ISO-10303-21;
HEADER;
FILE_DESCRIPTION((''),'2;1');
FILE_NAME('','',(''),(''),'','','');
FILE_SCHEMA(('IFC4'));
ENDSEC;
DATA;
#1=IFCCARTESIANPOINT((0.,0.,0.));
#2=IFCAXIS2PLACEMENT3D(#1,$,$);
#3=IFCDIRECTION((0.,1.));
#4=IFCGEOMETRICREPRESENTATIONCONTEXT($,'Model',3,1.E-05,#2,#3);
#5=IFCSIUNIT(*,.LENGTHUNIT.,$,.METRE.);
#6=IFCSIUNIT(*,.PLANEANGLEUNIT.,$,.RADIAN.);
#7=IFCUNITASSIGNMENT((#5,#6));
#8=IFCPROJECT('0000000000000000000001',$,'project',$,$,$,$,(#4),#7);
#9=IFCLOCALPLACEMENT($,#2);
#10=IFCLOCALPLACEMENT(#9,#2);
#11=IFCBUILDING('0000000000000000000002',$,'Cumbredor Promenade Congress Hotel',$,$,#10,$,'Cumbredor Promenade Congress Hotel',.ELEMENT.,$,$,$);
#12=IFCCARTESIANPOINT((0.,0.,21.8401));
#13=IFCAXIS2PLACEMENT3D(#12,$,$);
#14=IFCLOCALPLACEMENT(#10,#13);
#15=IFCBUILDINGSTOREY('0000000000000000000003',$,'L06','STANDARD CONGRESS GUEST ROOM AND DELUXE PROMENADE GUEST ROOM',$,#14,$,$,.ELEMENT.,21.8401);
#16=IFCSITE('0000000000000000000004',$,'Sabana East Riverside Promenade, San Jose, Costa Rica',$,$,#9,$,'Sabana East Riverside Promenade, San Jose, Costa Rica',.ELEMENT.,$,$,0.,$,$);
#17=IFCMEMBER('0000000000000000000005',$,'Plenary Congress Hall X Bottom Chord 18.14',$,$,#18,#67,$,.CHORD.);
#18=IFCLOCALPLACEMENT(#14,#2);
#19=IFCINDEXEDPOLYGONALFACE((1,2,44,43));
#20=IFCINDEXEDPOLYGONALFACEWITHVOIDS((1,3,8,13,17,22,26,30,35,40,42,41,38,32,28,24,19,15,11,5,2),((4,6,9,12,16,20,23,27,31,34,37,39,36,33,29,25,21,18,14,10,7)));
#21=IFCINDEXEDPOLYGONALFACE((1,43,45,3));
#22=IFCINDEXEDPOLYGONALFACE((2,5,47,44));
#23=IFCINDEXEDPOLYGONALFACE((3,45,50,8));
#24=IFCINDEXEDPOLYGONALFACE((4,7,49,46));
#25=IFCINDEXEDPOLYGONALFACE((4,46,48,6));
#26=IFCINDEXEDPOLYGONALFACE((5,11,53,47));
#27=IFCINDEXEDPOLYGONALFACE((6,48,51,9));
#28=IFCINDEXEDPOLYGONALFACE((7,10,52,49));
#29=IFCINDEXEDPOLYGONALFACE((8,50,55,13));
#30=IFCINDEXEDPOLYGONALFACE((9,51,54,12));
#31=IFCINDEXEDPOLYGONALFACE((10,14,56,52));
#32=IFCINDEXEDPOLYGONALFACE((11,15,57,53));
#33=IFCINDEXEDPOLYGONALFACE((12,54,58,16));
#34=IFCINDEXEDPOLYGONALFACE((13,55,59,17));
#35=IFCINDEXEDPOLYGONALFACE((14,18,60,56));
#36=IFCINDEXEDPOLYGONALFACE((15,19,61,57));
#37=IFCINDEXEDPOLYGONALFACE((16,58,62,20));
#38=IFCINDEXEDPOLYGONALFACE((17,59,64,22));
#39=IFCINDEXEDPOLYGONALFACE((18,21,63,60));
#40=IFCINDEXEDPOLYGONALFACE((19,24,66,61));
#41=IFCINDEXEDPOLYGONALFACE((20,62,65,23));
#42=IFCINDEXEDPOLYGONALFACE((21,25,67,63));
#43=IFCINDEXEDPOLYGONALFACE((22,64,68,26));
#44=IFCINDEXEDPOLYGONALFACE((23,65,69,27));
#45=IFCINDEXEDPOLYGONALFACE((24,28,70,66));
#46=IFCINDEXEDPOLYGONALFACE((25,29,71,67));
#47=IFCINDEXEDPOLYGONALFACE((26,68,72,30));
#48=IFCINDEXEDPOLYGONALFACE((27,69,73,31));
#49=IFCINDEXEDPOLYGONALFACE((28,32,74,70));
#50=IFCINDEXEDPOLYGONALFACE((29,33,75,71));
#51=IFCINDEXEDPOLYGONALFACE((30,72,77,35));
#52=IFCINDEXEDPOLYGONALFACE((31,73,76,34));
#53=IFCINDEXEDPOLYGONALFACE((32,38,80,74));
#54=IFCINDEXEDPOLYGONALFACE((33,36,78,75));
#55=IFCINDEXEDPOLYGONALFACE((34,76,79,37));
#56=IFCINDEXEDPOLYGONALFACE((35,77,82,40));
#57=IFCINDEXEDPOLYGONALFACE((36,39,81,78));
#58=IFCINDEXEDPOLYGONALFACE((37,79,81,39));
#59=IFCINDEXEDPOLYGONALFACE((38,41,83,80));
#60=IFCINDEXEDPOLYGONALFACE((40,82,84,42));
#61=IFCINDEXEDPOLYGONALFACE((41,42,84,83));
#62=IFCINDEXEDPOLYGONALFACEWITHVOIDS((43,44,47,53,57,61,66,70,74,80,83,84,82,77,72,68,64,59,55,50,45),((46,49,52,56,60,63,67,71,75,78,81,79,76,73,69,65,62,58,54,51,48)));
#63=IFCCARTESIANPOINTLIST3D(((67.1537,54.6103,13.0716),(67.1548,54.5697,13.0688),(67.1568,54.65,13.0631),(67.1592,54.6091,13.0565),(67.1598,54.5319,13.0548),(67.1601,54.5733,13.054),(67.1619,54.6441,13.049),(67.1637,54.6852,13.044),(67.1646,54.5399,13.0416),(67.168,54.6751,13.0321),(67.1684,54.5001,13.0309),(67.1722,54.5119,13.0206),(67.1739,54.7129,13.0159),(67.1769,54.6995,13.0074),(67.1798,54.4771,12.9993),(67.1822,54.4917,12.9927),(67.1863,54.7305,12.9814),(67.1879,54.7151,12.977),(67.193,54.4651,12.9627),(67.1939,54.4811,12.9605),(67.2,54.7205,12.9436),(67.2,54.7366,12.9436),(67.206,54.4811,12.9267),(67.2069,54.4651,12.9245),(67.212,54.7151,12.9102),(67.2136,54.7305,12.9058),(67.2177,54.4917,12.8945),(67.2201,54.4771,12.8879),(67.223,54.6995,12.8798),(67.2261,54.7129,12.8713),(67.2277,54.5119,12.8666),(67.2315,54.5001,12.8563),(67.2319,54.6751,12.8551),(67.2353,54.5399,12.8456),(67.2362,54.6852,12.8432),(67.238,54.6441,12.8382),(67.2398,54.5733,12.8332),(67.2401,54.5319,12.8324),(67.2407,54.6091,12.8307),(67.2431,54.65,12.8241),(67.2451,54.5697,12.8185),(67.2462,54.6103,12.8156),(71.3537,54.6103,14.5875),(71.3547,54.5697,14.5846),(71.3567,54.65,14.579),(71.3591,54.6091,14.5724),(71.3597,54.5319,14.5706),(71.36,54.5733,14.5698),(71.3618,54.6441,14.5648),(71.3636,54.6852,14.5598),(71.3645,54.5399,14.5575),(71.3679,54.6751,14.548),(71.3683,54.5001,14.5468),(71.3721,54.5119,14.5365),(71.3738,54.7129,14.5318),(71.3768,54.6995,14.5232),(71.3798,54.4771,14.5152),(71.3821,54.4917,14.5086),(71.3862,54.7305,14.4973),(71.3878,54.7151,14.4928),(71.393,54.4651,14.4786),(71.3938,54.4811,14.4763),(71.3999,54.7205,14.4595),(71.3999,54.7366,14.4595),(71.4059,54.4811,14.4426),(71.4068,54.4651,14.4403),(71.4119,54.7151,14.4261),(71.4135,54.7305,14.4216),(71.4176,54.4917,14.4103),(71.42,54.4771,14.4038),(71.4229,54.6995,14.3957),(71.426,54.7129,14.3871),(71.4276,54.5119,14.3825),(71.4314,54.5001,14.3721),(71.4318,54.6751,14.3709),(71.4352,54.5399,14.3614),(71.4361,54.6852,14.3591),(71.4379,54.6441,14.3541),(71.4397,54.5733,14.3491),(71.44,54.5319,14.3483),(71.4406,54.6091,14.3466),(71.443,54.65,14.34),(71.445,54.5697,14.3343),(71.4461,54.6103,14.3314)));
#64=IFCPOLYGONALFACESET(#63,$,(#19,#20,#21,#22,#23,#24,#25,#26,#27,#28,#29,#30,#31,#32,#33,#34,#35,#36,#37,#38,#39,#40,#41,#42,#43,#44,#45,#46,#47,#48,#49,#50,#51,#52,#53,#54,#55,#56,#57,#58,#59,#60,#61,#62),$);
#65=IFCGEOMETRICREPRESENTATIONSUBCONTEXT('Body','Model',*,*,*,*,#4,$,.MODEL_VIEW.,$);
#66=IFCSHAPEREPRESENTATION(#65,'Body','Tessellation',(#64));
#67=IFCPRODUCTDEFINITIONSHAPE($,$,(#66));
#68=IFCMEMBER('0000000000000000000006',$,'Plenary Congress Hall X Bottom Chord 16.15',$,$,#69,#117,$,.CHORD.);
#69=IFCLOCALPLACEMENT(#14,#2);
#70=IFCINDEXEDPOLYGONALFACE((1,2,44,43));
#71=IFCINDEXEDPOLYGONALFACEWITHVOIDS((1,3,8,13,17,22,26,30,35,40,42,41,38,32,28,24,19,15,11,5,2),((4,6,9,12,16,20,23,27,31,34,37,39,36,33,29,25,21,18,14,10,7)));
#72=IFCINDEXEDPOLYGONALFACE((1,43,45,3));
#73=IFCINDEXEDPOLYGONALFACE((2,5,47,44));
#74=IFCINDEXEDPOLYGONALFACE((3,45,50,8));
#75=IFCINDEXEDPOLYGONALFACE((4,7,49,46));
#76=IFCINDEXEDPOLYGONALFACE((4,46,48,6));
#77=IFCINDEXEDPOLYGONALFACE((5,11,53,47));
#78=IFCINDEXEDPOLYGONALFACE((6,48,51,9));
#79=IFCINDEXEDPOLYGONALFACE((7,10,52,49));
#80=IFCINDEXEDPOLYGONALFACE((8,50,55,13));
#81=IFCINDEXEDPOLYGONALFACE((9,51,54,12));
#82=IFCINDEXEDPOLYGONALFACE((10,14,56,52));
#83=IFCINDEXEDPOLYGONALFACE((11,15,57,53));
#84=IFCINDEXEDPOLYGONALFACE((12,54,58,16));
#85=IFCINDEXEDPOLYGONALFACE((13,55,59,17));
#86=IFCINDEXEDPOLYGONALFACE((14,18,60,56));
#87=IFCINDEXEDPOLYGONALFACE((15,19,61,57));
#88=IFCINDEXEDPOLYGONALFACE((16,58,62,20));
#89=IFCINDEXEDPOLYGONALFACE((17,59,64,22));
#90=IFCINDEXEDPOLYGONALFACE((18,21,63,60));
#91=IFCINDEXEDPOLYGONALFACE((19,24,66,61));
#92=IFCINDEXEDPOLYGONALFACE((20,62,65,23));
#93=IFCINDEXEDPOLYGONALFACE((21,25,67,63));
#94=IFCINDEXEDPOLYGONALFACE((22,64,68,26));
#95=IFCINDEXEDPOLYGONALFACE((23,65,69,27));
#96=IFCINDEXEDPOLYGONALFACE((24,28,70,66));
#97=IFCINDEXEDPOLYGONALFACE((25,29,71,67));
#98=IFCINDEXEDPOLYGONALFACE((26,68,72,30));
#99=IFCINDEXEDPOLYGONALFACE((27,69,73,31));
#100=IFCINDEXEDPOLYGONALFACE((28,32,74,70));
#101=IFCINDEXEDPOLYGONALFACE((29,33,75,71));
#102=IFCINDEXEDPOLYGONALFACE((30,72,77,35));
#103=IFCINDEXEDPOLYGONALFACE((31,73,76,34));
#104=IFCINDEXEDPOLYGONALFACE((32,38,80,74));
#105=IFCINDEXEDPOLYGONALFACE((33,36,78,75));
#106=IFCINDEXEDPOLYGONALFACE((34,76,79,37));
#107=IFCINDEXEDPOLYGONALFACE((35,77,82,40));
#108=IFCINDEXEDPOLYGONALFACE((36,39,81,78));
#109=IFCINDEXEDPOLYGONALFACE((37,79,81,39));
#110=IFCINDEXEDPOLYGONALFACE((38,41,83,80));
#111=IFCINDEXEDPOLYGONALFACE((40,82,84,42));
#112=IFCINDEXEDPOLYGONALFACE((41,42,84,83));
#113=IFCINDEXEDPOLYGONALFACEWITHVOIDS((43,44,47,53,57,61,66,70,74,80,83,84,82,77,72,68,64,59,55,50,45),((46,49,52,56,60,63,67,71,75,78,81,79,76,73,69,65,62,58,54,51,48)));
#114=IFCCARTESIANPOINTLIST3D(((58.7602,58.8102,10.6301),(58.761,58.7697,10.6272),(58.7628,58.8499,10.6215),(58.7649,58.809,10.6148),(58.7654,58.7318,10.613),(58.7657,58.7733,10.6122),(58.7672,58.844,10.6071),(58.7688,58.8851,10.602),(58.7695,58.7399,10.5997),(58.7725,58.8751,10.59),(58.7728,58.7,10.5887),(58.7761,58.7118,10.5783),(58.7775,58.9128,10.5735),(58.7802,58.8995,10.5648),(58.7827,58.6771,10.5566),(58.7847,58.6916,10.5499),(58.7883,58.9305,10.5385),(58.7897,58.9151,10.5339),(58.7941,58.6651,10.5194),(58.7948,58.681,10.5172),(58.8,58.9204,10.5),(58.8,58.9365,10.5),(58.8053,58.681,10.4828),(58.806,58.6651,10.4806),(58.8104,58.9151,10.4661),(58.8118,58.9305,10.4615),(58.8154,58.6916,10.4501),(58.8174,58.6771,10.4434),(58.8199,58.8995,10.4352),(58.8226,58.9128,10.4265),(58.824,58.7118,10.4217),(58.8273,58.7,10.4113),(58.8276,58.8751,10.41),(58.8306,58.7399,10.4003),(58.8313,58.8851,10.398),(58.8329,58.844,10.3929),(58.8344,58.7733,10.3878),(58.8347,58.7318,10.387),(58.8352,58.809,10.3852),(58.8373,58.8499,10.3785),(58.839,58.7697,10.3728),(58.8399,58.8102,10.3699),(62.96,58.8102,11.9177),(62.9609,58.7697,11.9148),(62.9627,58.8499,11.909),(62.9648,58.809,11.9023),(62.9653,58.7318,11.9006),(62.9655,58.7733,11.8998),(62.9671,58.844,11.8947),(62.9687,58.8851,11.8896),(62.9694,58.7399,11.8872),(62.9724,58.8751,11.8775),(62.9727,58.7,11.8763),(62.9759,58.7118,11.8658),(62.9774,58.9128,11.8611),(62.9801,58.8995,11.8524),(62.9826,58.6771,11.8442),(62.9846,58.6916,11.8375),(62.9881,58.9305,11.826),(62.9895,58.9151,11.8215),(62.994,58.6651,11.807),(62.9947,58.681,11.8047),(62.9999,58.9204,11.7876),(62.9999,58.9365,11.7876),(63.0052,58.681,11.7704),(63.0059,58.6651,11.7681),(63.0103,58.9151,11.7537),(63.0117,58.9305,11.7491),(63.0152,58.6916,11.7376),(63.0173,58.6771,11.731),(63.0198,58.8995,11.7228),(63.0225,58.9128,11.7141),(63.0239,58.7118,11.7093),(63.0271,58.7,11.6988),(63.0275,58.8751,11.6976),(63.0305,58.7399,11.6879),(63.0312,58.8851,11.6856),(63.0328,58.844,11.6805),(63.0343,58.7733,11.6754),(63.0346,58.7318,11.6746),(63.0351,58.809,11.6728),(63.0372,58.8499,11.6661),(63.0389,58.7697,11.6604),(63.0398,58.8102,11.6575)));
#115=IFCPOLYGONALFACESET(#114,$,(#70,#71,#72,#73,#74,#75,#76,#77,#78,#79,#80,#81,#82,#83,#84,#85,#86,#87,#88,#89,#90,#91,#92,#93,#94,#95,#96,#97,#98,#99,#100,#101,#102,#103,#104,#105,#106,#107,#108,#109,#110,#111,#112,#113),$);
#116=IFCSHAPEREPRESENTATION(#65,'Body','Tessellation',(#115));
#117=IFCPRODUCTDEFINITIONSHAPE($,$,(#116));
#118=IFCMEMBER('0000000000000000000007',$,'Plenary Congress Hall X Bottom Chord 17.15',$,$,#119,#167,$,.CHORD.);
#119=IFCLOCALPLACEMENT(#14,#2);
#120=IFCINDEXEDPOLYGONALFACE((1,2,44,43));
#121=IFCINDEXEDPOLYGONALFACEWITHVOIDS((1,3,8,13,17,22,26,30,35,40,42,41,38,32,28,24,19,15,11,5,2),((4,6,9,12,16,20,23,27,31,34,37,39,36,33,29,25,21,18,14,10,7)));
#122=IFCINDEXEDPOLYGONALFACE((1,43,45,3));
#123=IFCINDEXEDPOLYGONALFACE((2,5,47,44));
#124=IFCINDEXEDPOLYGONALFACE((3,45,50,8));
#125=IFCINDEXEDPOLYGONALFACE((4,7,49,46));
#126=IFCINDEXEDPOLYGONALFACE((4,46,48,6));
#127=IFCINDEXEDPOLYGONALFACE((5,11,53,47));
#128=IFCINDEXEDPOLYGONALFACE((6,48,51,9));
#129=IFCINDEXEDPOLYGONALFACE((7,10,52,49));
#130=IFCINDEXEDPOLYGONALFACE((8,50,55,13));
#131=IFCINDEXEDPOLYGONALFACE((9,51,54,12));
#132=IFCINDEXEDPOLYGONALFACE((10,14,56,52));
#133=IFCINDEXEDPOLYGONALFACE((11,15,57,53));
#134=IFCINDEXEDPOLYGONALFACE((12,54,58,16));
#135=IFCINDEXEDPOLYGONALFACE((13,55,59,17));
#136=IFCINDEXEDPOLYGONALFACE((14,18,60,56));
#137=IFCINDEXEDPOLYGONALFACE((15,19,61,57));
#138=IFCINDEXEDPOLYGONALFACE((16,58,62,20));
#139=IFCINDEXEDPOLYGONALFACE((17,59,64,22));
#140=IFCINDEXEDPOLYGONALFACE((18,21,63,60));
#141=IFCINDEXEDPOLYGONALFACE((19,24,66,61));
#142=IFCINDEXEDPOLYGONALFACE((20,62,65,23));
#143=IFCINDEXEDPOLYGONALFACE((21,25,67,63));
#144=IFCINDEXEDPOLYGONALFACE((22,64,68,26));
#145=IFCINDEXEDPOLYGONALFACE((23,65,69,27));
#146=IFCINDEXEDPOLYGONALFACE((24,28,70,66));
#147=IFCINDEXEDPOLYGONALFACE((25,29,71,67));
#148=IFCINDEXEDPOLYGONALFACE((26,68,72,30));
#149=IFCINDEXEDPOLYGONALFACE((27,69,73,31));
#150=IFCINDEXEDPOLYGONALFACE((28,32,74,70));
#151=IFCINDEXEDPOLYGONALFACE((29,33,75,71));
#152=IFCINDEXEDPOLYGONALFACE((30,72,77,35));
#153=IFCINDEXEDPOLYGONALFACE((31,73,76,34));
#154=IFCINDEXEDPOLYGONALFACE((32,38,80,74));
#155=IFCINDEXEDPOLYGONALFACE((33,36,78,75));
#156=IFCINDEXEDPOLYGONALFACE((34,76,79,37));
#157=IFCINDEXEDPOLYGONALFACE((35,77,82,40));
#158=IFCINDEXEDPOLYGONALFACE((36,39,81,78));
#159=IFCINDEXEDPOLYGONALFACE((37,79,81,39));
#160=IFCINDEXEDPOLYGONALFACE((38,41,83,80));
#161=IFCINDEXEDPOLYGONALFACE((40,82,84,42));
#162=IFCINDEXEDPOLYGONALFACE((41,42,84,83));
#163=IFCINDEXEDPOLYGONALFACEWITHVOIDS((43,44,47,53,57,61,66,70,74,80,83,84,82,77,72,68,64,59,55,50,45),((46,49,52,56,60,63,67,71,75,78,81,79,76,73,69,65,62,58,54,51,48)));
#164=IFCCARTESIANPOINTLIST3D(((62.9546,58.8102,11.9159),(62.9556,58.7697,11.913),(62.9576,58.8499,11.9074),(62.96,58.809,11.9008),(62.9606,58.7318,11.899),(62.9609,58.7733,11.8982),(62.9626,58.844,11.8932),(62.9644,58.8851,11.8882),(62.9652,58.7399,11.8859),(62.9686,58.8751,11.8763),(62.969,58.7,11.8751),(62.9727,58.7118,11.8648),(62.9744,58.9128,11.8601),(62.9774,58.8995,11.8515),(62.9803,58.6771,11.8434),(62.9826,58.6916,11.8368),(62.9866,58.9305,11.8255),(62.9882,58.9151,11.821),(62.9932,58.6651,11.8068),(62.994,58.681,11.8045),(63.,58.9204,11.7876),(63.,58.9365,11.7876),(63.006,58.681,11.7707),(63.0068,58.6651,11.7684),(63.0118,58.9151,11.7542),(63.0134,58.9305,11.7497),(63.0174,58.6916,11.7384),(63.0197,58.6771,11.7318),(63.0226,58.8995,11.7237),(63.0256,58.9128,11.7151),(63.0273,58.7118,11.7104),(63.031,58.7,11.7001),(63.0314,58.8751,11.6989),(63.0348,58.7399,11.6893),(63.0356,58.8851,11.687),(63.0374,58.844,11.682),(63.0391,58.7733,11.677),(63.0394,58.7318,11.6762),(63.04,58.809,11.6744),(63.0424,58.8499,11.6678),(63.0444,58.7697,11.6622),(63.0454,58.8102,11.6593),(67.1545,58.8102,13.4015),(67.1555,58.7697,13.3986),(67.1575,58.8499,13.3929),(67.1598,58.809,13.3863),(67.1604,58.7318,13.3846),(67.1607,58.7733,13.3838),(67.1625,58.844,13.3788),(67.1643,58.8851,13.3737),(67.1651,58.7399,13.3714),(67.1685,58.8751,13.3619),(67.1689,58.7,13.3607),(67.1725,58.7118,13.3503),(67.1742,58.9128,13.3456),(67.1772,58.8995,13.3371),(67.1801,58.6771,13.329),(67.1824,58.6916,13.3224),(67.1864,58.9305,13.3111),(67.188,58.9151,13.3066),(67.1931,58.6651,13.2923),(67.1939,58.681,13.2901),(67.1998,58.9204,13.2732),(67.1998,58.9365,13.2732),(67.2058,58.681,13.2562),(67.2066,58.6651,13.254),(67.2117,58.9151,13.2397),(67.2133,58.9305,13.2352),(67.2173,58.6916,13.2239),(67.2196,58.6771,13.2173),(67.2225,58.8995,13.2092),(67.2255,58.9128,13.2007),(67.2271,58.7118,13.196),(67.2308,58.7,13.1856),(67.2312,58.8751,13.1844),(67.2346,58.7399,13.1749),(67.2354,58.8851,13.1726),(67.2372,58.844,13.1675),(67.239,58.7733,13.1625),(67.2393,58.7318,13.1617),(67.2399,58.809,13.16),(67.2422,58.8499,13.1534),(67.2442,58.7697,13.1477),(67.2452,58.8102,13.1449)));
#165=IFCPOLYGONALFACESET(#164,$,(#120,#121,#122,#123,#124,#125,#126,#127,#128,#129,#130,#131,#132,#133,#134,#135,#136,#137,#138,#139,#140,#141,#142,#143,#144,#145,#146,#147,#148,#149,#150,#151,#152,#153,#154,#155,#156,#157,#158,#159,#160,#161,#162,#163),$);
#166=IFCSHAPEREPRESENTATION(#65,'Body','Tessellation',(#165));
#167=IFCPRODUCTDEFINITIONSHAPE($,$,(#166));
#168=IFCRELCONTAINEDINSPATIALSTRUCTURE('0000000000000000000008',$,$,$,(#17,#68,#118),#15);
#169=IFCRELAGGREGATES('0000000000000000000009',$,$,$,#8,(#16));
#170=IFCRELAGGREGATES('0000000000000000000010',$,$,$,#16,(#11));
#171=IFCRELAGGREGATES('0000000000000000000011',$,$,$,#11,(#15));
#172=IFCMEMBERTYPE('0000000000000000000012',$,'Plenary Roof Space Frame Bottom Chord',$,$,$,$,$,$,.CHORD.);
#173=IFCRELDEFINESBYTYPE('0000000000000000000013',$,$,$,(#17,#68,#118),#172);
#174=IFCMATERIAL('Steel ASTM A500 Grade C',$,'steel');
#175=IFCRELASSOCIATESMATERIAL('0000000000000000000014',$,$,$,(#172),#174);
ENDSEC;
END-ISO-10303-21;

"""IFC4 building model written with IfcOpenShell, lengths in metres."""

from ifc_helpers import new_model, si_unit, direction, frame, origin, origin_2d, place, context, subcontext, project, spatial, hollow_circle, extrude, material, material_profile, profile_set, type_object, element, save


model = new_model("IFC4")

# Units and contexts
model_context = context("Model", 3, precision=1e-05, world=origin(), true_north=direction((0.0, 1.0)))
body_context = subcontext(model_context, "Body", "Model", "MODEL_VIEW")
ifc_project = project(units=[si_unit("LENGTHUNIT", "METRE"), si_unit("PLANEANGLEUNIT", "RADIAN")], contexts=[model_context])

# Site, building, storey
site_placement = place(None, origin())
site = spatial("IfcSite", under=ifc_project, at=site_placement, Name="Sabana East Riverside Promenade, San Jose, Costa Rica", LongName="Sabana East Riverside Promenade, San Jose, Costa Rica", CompositionType="ELEMENT", RefElevation=0.0)
building_placement = place(site_placement, origin())
building = spatial("IfcBuilding", under=site, at=building_placement, Name="Cumbredor Promenade Congress Hotel", LongName="Cumbredor Promenade Congress Hotel", CompositionType="ELEMENT")
storey_placement = place(building_placement, frame((0.0, 0.0, 21.8401)))
storey = spatial("IfcBuildingStorey", under=building, at=storey_placement, Name="L06", Description="STANDARD CONGRESS GUEST ROOM AND DELUXE PROMENADE GUEST ROOM", CompositionType="ELEMENT", Elevation=21.8401)

# Members
ifc_material_1 = material(Name="Steel ASTM A500 Grade C", Category="steel")
ifc_material_profile_1 = material_profile(ifc_material_1, hollow_circle(Radius=0.1365, WallThickness=0.0161, at=origin_2d()), Name="CHS 273.0x16")
ifc_profile_set_1 = profile_set([ifc_material_profile_1], Name="Steel ASTM A500 Grade C")
member_type_1 = type_object("IfcMemberType", Name="Plenary Roof Space Frame Bottom Chord", PredefinedType="CHORD", material=ifc_profile_set_1)
member_1_placement = place(storey_placement, frame((67.2, 54.6001, 12.9436), z_axis=(0.94061, 0.0, 0.33949), x_axis=(0.0, 1.0, 0.0)))
element("IfcMember", 1, at=member_1_placement, inside=storey, type_object=member_type_1, Name="Plenary Congress Hall X Bottom Chord 18.14", PredefinedType="CHORD", context=body_context, shape_type="SweptSolid", body=[
    extrude(hollow_circle(Radius=0.1365, WallThickness=0.0161, at=origin_2d()), origin(), (0.0, 0.0, 1.0), 4.4651),
])
member_2_placement = place(storey_placement, frame((58.8, 58.8, 10.5), z_axis=(0.956079, 0.0, 0.293109), x_axis=(0.0, 1.0, 0.0)))
element("IfcMember", 2, at=member_2_placement, inside=storey, type_object=member_type_1, Name="Plenary Congress Hall X Bottom Chord 16.15", PredefinedType="CHORD", context=body_context, shape_type="SweptSolid", body=[
    extrude(hollow_circle(Radius=0.1365, WallThickness=0.0161, at=origin_2d()), origin(), (0.0, 0.0, 1.0), 4.3928),
])
member_3_placement = place(storey_placement, frame((63.0, 58.8, 11.7876), z_axis=(0.94276, 0.0, 0.333471), x_axis=(0.0, 1.0, 0.0)))
element("IfcMember", 3, at=member_3_placement, inside=storey, type_object=member_type_1, Name="Plenary Congress Hall X Bottom Chord 17.15", PredefinedType="CHORD", context=body_context, shape_type="SweptSolid", body=[
    extrude(hollow_circle(Radius=0.1365, WallThickness=0.0161, at=origin_2d()), origin(), (0.0, 0.0, 1.0), 4.4548),
])

save(model, "model.ifc")
